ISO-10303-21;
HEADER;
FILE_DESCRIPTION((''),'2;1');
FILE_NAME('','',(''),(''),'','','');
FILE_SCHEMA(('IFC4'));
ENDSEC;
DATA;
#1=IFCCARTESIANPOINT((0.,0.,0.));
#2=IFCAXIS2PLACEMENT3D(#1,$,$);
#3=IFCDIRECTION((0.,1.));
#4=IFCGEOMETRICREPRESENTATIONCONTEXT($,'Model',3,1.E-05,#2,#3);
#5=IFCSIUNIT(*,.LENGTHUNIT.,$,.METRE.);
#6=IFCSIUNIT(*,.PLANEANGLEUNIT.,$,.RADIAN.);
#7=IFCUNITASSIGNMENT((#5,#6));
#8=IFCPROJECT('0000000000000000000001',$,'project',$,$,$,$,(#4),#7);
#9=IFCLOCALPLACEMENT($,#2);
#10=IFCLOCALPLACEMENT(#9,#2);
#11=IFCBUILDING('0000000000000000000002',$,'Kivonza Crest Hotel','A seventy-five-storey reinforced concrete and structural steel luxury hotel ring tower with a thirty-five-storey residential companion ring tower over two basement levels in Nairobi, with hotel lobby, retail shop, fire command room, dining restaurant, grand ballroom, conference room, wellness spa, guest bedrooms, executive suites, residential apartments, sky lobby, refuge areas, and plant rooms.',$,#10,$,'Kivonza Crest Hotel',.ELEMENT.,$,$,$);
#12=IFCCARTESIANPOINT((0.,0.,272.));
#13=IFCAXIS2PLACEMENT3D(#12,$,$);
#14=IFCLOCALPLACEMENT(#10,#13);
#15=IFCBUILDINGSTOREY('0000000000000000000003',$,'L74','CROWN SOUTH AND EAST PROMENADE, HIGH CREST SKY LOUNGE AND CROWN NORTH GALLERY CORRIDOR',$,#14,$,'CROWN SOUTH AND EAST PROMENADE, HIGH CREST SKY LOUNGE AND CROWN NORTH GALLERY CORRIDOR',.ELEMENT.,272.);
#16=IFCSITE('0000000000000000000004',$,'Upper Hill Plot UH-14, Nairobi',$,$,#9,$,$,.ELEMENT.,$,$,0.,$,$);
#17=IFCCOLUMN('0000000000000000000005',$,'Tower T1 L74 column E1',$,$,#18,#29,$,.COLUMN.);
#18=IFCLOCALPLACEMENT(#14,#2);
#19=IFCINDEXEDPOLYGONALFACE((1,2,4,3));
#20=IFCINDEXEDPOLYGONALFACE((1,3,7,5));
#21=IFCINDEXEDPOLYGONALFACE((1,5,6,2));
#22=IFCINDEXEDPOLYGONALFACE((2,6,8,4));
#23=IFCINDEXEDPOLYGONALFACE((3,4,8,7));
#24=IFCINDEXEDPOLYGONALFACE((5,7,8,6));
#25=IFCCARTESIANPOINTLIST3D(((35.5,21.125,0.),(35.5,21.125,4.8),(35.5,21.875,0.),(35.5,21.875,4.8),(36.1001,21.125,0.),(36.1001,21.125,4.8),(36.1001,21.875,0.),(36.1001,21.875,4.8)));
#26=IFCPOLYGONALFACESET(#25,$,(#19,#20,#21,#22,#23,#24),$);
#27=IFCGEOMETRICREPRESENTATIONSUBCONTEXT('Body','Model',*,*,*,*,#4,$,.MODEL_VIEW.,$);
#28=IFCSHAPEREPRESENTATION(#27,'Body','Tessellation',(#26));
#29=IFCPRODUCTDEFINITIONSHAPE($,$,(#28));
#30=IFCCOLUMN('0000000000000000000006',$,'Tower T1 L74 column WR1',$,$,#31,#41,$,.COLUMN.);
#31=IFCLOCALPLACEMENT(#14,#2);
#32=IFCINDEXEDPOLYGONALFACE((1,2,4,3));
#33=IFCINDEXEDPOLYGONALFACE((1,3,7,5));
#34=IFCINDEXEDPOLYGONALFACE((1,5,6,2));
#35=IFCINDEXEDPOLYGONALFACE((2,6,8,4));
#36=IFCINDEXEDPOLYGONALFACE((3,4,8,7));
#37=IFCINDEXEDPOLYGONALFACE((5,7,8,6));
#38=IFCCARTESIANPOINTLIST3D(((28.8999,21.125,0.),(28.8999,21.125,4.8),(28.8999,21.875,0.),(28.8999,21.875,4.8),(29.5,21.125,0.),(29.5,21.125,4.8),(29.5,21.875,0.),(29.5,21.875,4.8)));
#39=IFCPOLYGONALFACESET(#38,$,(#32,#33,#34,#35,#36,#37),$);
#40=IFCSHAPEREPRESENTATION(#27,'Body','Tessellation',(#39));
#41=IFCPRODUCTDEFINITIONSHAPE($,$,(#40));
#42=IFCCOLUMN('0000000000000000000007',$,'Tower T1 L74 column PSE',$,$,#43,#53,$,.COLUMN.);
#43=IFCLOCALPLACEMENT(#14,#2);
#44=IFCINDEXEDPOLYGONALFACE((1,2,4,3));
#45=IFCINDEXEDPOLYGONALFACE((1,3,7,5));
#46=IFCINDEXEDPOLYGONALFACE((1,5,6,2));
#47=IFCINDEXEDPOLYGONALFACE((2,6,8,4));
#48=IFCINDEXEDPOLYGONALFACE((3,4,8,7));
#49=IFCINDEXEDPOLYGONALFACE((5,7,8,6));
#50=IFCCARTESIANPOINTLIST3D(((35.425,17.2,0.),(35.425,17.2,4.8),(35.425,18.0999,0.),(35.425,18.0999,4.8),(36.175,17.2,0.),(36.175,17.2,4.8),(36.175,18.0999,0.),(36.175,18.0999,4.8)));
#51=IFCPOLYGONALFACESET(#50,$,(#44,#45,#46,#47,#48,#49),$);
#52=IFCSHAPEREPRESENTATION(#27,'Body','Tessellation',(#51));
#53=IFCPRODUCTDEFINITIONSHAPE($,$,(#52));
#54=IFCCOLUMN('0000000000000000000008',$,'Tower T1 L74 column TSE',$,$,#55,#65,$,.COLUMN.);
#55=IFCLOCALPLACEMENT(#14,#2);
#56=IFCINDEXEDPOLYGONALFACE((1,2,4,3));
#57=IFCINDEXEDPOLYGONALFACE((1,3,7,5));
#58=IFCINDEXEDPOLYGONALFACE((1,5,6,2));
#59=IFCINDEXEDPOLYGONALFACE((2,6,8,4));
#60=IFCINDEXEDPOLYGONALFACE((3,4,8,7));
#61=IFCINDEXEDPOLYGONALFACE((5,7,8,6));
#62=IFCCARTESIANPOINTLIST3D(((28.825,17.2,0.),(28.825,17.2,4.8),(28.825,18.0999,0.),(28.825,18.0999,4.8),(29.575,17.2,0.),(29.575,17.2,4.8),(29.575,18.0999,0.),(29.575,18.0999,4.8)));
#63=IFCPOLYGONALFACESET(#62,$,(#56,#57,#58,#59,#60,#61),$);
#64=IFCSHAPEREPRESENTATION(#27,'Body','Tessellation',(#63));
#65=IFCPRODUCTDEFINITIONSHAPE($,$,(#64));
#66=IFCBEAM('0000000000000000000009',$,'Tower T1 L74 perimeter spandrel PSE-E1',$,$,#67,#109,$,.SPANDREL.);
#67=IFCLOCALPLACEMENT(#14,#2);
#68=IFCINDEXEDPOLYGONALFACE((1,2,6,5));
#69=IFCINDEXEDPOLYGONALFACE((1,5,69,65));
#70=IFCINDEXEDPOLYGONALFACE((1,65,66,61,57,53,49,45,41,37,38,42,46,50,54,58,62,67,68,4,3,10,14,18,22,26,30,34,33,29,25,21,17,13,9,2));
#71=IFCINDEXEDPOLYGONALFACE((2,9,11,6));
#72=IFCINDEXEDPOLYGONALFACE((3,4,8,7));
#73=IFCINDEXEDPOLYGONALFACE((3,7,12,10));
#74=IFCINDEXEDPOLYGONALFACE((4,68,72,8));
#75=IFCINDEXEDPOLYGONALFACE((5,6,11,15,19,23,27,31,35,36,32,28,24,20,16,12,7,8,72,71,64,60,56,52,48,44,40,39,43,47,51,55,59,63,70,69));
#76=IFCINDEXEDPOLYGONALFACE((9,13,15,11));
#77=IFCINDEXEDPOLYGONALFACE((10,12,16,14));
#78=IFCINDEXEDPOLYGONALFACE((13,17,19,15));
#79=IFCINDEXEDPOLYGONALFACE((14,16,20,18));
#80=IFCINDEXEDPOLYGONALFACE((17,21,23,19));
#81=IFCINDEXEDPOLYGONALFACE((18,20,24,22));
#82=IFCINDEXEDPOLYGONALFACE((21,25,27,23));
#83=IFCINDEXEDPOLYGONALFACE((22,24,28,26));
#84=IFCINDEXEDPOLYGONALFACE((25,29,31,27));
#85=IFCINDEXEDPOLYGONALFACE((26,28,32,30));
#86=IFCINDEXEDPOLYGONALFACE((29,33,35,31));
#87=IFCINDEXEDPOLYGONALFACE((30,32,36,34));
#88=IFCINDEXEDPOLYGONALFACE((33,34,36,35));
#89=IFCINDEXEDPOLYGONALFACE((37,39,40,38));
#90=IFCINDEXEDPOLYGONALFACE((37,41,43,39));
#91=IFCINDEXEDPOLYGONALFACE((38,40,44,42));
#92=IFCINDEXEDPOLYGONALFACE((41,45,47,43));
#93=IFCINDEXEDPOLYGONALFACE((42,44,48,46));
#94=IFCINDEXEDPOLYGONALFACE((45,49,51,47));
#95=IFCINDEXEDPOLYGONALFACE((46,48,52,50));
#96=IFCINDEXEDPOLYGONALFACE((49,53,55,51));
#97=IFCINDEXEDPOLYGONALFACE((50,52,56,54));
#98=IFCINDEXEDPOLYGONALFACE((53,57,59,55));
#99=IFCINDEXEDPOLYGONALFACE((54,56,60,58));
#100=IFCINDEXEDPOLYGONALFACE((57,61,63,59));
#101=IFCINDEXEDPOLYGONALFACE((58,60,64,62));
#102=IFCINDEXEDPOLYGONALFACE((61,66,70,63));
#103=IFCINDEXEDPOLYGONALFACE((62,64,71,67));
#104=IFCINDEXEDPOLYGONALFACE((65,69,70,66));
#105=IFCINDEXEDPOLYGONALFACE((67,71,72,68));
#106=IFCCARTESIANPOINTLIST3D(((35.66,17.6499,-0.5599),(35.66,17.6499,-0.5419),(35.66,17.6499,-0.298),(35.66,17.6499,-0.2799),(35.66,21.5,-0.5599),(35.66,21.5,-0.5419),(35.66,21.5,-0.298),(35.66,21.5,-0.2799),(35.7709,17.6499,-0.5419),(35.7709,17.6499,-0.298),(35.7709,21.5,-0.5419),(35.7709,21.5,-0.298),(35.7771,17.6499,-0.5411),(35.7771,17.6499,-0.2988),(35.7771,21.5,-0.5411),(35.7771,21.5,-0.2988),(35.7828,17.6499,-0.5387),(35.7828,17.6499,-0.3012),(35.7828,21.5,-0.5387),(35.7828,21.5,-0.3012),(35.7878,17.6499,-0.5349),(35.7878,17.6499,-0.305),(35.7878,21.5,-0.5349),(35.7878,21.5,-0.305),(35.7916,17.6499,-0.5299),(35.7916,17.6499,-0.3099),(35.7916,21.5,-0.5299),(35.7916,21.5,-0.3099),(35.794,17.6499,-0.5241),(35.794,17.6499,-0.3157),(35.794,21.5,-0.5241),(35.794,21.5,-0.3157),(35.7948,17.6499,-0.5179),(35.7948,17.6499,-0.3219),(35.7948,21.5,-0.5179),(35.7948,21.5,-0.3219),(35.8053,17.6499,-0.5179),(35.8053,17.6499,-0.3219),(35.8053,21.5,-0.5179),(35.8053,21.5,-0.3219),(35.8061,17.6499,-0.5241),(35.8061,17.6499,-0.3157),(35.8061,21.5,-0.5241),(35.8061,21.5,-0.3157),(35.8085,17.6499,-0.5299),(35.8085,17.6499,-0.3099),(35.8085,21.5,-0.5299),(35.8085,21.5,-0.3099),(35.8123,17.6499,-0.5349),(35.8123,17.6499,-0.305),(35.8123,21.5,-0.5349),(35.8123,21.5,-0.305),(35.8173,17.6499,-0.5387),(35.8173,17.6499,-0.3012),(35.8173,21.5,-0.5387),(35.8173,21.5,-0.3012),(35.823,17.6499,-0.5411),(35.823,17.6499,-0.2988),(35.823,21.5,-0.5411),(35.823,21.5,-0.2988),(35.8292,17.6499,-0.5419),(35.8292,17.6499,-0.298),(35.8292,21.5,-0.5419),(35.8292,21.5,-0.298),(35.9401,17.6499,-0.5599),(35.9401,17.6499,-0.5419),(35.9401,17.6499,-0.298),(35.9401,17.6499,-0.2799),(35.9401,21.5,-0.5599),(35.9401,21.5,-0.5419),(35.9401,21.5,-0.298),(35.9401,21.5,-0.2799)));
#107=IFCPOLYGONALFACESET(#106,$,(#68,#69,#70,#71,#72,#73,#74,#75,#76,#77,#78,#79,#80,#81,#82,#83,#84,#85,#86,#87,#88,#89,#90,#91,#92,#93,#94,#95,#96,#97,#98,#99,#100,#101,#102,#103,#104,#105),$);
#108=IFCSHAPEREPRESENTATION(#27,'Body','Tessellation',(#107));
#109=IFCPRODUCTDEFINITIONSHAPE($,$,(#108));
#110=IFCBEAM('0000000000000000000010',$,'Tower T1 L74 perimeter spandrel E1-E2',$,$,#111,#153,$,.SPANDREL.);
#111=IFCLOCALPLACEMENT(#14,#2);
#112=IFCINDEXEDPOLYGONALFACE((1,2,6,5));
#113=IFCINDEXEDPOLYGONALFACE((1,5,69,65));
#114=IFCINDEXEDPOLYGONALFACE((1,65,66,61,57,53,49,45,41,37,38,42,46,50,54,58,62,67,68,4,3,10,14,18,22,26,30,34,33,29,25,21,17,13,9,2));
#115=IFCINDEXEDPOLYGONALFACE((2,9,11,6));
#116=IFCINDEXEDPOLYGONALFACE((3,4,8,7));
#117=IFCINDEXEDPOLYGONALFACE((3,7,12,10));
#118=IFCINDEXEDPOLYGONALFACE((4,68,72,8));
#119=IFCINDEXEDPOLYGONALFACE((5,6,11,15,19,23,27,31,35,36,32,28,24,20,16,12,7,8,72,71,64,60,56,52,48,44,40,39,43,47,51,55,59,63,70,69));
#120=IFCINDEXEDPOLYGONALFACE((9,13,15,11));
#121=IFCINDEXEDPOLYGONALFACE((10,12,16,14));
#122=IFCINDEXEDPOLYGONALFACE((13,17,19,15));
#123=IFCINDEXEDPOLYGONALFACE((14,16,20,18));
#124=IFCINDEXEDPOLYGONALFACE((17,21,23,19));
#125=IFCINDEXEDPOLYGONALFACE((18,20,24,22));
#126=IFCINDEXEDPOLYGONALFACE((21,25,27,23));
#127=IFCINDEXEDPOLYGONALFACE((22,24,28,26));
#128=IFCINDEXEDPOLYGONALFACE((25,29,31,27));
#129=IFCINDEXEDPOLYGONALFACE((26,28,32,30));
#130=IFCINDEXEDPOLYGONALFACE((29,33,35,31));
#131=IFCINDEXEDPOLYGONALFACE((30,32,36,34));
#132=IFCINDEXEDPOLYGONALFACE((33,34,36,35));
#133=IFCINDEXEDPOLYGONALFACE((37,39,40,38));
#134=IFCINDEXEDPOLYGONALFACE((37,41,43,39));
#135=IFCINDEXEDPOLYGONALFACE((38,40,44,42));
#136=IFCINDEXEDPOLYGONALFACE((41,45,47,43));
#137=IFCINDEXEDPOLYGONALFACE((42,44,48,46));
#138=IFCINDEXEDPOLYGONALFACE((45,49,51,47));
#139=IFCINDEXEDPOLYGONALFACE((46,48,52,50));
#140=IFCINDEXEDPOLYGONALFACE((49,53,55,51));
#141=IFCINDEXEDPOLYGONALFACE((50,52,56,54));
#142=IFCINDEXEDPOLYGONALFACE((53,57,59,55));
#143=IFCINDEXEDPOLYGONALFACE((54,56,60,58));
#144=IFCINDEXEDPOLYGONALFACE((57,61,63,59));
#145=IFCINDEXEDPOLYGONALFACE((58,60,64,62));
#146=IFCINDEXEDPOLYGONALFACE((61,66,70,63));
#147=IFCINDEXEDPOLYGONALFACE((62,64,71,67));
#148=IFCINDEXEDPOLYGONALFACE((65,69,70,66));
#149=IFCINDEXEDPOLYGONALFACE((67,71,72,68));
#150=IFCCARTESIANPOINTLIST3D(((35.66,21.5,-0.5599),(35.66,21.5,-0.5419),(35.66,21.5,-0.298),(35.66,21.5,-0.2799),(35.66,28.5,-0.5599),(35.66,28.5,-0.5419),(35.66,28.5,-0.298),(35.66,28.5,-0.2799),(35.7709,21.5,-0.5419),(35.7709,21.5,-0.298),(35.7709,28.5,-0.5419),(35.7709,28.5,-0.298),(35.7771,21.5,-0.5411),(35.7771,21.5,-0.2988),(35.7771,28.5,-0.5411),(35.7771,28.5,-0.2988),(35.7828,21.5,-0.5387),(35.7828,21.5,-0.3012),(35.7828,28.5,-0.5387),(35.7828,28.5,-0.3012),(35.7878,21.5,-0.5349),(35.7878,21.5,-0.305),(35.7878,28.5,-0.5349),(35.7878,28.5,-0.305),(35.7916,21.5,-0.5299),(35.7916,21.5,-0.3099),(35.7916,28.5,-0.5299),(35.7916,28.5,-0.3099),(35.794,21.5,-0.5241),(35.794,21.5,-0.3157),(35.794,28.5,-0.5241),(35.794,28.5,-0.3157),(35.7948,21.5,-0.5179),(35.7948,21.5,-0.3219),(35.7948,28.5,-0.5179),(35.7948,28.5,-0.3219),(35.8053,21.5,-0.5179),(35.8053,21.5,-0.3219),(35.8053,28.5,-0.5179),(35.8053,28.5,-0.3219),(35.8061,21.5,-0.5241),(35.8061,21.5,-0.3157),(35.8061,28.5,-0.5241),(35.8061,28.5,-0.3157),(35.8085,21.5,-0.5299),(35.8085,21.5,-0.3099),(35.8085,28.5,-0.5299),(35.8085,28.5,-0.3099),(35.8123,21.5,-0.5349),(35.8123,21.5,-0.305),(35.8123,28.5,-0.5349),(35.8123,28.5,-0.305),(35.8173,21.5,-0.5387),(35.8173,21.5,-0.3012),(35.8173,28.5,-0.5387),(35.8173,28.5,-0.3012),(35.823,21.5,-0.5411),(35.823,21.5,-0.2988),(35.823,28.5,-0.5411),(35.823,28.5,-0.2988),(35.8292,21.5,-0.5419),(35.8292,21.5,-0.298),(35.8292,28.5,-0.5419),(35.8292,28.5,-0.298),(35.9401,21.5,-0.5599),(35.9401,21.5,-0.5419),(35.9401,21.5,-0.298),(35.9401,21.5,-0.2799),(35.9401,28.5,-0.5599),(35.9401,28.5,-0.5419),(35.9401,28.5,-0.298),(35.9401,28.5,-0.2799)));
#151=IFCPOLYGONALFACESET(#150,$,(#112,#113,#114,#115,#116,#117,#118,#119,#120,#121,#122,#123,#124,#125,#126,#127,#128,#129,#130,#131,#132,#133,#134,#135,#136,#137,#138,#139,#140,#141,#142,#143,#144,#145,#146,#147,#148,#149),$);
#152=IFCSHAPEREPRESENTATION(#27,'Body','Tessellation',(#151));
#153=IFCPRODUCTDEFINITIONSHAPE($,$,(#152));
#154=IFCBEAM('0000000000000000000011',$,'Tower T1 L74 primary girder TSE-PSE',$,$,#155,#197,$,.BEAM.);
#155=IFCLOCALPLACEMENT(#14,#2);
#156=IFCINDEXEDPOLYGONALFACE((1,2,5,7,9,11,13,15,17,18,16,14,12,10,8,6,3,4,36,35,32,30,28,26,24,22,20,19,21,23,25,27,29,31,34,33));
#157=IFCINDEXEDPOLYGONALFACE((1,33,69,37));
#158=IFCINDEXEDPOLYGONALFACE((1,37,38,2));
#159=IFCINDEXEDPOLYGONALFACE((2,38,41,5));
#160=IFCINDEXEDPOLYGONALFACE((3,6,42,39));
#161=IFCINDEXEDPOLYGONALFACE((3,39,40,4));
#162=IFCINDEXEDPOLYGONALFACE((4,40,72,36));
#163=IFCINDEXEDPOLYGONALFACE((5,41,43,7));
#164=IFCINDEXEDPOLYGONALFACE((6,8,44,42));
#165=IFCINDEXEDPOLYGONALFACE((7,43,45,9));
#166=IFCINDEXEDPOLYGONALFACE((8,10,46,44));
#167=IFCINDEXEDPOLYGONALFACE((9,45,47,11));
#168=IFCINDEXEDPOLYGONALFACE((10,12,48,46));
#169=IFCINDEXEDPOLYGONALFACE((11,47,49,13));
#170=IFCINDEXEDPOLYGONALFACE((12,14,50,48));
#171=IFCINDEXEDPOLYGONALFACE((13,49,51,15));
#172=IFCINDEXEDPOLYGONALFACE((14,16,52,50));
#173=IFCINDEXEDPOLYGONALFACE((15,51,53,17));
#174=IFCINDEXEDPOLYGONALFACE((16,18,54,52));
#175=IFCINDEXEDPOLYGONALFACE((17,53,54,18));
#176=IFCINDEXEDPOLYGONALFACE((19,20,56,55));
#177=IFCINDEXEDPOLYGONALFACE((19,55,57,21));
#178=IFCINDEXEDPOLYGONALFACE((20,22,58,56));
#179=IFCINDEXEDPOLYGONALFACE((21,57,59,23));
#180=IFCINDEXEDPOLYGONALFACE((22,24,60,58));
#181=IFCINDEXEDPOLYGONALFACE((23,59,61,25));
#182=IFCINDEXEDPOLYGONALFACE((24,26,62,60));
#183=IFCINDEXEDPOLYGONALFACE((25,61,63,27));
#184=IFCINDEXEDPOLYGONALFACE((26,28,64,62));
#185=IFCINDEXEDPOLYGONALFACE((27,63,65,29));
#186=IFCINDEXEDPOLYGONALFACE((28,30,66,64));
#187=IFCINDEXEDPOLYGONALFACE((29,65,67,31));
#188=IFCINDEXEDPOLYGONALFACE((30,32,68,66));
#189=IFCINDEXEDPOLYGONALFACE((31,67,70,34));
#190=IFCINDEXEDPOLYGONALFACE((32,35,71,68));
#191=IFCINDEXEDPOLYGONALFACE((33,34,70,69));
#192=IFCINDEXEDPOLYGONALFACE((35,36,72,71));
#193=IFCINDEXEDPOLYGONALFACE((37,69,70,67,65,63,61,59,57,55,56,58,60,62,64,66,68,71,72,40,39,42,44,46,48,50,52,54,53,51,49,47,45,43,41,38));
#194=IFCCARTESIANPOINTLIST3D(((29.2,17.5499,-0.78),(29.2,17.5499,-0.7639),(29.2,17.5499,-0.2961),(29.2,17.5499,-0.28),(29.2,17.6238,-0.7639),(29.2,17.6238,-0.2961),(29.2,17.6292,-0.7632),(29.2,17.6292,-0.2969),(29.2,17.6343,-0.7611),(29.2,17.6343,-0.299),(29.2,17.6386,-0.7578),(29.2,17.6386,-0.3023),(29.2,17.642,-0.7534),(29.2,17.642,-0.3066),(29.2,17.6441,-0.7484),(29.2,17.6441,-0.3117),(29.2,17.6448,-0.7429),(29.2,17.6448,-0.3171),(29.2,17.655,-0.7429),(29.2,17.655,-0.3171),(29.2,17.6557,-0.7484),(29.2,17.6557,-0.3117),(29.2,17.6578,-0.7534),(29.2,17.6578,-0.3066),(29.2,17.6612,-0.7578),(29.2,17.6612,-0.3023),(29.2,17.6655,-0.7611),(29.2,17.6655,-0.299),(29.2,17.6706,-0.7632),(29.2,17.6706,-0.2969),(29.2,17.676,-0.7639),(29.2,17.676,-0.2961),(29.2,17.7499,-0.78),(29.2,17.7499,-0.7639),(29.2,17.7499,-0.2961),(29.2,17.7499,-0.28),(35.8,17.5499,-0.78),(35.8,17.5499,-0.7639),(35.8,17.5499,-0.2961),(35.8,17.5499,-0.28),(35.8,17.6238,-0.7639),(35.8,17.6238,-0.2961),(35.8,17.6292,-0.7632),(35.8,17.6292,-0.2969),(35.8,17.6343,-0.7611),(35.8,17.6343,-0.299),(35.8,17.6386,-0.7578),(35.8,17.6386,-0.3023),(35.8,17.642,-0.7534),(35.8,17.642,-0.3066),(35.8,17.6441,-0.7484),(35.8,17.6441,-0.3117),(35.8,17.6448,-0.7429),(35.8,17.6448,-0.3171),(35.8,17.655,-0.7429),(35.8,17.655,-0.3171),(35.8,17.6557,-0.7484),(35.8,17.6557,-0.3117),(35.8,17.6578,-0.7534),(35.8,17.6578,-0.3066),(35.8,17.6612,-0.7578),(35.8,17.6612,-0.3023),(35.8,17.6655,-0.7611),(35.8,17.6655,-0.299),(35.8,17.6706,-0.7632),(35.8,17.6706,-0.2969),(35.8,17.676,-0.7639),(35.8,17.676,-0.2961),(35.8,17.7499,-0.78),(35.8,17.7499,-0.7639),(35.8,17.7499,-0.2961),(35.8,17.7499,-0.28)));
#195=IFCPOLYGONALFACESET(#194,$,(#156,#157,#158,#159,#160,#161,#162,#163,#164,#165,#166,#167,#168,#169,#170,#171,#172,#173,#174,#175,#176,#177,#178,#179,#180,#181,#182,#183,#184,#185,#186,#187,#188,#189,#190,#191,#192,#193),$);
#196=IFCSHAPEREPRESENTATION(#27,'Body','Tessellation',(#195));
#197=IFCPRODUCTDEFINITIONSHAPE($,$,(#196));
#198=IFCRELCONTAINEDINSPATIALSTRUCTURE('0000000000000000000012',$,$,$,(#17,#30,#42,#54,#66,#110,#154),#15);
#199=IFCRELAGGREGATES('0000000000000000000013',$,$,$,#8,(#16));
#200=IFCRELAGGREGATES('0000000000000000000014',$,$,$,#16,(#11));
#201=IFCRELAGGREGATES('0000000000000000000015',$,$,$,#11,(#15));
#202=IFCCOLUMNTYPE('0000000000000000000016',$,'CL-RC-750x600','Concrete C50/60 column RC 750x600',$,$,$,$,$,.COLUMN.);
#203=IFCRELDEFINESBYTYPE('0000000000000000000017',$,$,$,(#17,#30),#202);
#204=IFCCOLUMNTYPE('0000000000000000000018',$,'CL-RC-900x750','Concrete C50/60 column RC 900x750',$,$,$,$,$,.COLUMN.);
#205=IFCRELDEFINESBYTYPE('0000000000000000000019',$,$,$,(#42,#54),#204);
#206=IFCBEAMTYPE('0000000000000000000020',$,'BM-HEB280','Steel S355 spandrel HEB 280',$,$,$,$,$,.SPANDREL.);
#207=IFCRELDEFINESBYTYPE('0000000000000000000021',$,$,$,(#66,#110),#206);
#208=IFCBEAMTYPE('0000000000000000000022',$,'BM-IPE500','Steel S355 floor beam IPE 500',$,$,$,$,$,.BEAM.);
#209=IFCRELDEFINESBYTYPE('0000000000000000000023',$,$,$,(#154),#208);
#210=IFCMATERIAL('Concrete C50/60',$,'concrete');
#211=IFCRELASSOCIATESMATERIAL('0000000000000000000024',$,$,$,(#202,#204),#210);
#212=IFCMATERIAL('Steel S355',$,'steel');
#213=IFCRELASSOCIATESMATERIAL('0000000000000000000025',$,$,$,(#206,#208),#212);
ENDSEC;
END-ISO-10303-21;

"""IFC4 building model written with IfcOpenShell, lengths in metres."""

from ifc_helpers import new_model, si_unit, direction, frame, origin, origin_2d, place, context, subcontext, project, spatial, rectangle, i_section, extrude, material, material_profile, profile_set, type_object, element, save


model = new_model("IFC4")

# Units and contexts
model_context = context("Model", 3, precision=1e-05, world=origin(), true_north=direction((0.0, 1.0)))
body_context = subcontext(model_context, "Body", "Model", "MODEL_VIEW")
ifc_project = project(units=[si_unit("LENGTHUNIT", "METRE"), si_unit("PLANEANGLEUNIT", "RADIAN")], contexts=[model_context])

# Site, building, storey
site_placement = place(None, origin())
site = spatial("IfcSite", under=ifc_project, at=site_placement, Name="Upper Hill Plot UH-14, Nairobi", CompositionType="ELEMENT", RefElevation=0.0)
building_placement = place(site_placement, origin())
building = spatial("IfcBuilding", under=site, at=building_placement, Name="Kivonza Crest Hotel", Description="A seventy-five-storey reinforced concrete and structural steel luxury hotel ring tower with a thirty-five-storey residential companion ring tower over two basement levels in Nairobi, with hotel lobby, retail shop, fire command room, dining restaurant, grand ballroom, conference room, wellness spa, guest bedrooms, executive suites, residential apartments, sky lobby, refuge areas, and plant rooms.", LongName="Kivonza Crest Hotel", CompositionType="ELEMENT")
storey_placement = place(building_placement, frame((0.0, 0.0, 272.0)))
storey = spatial("IfcBuildingStorey", under=building, at=storey_placement, Name="L74", Description="CROWN SOUTH AND EAST PROMENADE, HIGH CREST SKY LOUNGE AND CROWN NORTH GALLERY CORRIDOR", LongName="CROWN SOUTH AND EAST PROMENADE, HIGH CREST SKY LOUNGE AND CROWN NORTH GALLERY CORRIDOR", CompositionType="ELEMENT", Elevation=272.0)

# Columns
ifc_material_1 = material(Name="Concrete C50/60", Category="concrete")
ifc_material_profile_1 = material_profile(ifc_material_1, rectangle(XDim=0.6001, YDim=0.75, at=origin_2d()), Name="RC 750x600")
ifc_profile_set_1 = profile_set([ifc_material_profile_1], Name="Concrete C50/60")
column_type_1 = type_object("IfcColumnType", Name="CL-RC-750x600", Description="Concrete C50/60 column RC 750x600", PredefinedType="COLUMN", material=ifc_profile_set_1)
for number, where, z_axis, x_axis, name in (
    (1, (35.8, 21.5, 0.0), (0.0, 0.0, 1.0), (1.0, 0.0, 0.0), "Tower T1 L74 column E1"),
    (2, (29.2, 21.5, 0.0), (0.0, 0.0, 1.0), (1.0, 0.0, 0.0), "Tower T1 L74 column WR1"),
):
    element("IfcColumn", number, at=place(storey_placement, frame(where, z_axis=z_axis, x_axis=x_axis)), inside=storey, type_object=column_type_1, Name=name, PredefinedType="COLUMN", context=body_context, shape_type="SweptSolid", body=[
        extrude(rectangle(XDim=0.6001, YDim=0.75, at=origin_2d()), origin(), (0.0, 0.0, 1.0), 4.8),
    ])
ifc_material_profile_2 = material_profile(ifc_material_1, rectangle(XDim=0.75, YDim=0.8999, at=origin_2d()), Name="RC 900x750")
ifc_profile_set_2 = profile_set([ifc_material_profile_2], Name="Concrete C50/60")
column_type_2 = type_object("IfcColumnType", Name="CL-RC-900x750", Description="Concrete C50/60 column RC 900x750", PredefinedType="COLUMN", material=ifc_profile_set_2)
for number, where, z_axis, x_axis, name in (
    (3, (35.8, 17.6499, 0.0), (0.0, 0.0, 1.0), (1.0, 0.0, 0.0), "Tower T1 L74 column PSE"),
    (4, (29.2, 17.6499, 0.0), (0.0, 0.0, 1.0), (1.0, 0.0, 0.0), "Tower T1 L74 column TSE"),
):
    element("IfcColumn", number, at=place(storey_placement, frame(where, z_axis=z_axis, x_axis=x_axis)), inside=storey, type_object=column_type_2, Name=name, PredefinedType="COLUMN", context=body_context, shape_type="SweptSolid", body=[
        extrude(rectangle(XDim=0.75, YDim=0.8999, at=origin_2d()), origin(), (0.0, 0.0, 1.0), 4.8),
    ])

# Beams
ifc_material_2 = material(Name="Steel S355", Category="steel")
ifc_material_profile_3 = material_profile(ifc_material_2, i_section(OverallWidth=0.28, OverallDepth=0.28, WebThickness=0.0105, FlangeThickness=0.0181, FilletRadius=0.0239, at=origin_2d()), Name="HEB 280")
ifc_profile_set_3 = profile_set([ifc_material_profile_3], Name="Steel S355")
beam_type_1 = type_object("IfcBeamType", Name="BM-HEB280", Description="Steel S355 spandrel HEB 280", PredefinedType="SPANDREL", material=ifc_profile_set_3)
beam_1_placement = place(storey_placement, frame((35.8, 17.6499, -0.4199), z_axis=(0.0, 1.0, 0.0), x_axis=(-1.0, 0.0, 0.0)))
element("IfcBeam", 5, at=beam_1_placement, inside=storey, type_object=beam_type_1, Name="Tower T1 L74 perimeter spandrel PSE-E1", PredefinedType="SPANDREL", context=body_context, shape_type="SweptSolid", body=[
    extrude(i_section(OverallWidth=0.28, OverallDepth=0.28, WebThickness=0.0105, FlangeThickness=0.0181, FilletRadius=0.0239, at=origin_2d()), origin(), (0.0, 0.0, 1.0), 3.8501),
])
beam_2_placement = place(storey_placement, frame((35.8, 21.5, -0.4199), z_axis=(0.0, 1.0, 0.0), x_axis=(-1.0, 0.0, 0.0)))
element("IfcBeam", 6, at=beam_2_placement, inside=storey, type_object=beam_type_1, Name="Tower T1 L74 perimeter spandrel E1-E2", PredefinedType="SPANDREL", context=body_context, shape_type="SweptSolid", body=[
    extrude(i_section(OverallWidth=0.28, OverallDepth=0.28, WebThickness=0.0105, FlangeThickness=0.0181, FilletRadius=0.0239, at=origin_2d()), origin(), (0.0, 0.0, 1.0), 7.0),
])
ifc_material_profile_4 = material_profile(ifc_material_2, i_section(OverallWidth=0.2, OverallDepth=0.5, WebThickness=0.0103, FlangeThickness=0.0161, FilletRadius=0.021, at=origin_2d()), Name="IPE 500")
ifc_profile_set_4 = profile_set([ifc_material_profile_4], Name="Steel S355")
beam_type_2 = type_object("IfcBeamType", Name="BM-IPE500", Description="Steel S355 floor beam IPE 500", PredefinedType="BEAM", material=ifc_profile_set_4)
beam_3_placement = place(storey_placement, frame((29.2, 17.6499, -0.53), z_axis=(1.0, 0.0, 0.0), x_axis=(0.0, 1.0, 0.0)))
element("IfcBeam", 7, at=beam_3_placement, inside=storey, type_object=beam_type_2, Name="Tower T1 L74 primary girder TSE-PSE", PredefinedType="BEAM", context=body_context, shape_type="SweptSolid", body=[
    extrude(i_section(OverallWidth=0.2, OverallDepth=0.5, WebThickness=0.0103, FlangeThickness=0.0161, FilletRadius=0.021, at=origin_2d()), origin(), (0.0, 0.0, 1.0), 6.6001),
])

save(model, "model.ifc")
